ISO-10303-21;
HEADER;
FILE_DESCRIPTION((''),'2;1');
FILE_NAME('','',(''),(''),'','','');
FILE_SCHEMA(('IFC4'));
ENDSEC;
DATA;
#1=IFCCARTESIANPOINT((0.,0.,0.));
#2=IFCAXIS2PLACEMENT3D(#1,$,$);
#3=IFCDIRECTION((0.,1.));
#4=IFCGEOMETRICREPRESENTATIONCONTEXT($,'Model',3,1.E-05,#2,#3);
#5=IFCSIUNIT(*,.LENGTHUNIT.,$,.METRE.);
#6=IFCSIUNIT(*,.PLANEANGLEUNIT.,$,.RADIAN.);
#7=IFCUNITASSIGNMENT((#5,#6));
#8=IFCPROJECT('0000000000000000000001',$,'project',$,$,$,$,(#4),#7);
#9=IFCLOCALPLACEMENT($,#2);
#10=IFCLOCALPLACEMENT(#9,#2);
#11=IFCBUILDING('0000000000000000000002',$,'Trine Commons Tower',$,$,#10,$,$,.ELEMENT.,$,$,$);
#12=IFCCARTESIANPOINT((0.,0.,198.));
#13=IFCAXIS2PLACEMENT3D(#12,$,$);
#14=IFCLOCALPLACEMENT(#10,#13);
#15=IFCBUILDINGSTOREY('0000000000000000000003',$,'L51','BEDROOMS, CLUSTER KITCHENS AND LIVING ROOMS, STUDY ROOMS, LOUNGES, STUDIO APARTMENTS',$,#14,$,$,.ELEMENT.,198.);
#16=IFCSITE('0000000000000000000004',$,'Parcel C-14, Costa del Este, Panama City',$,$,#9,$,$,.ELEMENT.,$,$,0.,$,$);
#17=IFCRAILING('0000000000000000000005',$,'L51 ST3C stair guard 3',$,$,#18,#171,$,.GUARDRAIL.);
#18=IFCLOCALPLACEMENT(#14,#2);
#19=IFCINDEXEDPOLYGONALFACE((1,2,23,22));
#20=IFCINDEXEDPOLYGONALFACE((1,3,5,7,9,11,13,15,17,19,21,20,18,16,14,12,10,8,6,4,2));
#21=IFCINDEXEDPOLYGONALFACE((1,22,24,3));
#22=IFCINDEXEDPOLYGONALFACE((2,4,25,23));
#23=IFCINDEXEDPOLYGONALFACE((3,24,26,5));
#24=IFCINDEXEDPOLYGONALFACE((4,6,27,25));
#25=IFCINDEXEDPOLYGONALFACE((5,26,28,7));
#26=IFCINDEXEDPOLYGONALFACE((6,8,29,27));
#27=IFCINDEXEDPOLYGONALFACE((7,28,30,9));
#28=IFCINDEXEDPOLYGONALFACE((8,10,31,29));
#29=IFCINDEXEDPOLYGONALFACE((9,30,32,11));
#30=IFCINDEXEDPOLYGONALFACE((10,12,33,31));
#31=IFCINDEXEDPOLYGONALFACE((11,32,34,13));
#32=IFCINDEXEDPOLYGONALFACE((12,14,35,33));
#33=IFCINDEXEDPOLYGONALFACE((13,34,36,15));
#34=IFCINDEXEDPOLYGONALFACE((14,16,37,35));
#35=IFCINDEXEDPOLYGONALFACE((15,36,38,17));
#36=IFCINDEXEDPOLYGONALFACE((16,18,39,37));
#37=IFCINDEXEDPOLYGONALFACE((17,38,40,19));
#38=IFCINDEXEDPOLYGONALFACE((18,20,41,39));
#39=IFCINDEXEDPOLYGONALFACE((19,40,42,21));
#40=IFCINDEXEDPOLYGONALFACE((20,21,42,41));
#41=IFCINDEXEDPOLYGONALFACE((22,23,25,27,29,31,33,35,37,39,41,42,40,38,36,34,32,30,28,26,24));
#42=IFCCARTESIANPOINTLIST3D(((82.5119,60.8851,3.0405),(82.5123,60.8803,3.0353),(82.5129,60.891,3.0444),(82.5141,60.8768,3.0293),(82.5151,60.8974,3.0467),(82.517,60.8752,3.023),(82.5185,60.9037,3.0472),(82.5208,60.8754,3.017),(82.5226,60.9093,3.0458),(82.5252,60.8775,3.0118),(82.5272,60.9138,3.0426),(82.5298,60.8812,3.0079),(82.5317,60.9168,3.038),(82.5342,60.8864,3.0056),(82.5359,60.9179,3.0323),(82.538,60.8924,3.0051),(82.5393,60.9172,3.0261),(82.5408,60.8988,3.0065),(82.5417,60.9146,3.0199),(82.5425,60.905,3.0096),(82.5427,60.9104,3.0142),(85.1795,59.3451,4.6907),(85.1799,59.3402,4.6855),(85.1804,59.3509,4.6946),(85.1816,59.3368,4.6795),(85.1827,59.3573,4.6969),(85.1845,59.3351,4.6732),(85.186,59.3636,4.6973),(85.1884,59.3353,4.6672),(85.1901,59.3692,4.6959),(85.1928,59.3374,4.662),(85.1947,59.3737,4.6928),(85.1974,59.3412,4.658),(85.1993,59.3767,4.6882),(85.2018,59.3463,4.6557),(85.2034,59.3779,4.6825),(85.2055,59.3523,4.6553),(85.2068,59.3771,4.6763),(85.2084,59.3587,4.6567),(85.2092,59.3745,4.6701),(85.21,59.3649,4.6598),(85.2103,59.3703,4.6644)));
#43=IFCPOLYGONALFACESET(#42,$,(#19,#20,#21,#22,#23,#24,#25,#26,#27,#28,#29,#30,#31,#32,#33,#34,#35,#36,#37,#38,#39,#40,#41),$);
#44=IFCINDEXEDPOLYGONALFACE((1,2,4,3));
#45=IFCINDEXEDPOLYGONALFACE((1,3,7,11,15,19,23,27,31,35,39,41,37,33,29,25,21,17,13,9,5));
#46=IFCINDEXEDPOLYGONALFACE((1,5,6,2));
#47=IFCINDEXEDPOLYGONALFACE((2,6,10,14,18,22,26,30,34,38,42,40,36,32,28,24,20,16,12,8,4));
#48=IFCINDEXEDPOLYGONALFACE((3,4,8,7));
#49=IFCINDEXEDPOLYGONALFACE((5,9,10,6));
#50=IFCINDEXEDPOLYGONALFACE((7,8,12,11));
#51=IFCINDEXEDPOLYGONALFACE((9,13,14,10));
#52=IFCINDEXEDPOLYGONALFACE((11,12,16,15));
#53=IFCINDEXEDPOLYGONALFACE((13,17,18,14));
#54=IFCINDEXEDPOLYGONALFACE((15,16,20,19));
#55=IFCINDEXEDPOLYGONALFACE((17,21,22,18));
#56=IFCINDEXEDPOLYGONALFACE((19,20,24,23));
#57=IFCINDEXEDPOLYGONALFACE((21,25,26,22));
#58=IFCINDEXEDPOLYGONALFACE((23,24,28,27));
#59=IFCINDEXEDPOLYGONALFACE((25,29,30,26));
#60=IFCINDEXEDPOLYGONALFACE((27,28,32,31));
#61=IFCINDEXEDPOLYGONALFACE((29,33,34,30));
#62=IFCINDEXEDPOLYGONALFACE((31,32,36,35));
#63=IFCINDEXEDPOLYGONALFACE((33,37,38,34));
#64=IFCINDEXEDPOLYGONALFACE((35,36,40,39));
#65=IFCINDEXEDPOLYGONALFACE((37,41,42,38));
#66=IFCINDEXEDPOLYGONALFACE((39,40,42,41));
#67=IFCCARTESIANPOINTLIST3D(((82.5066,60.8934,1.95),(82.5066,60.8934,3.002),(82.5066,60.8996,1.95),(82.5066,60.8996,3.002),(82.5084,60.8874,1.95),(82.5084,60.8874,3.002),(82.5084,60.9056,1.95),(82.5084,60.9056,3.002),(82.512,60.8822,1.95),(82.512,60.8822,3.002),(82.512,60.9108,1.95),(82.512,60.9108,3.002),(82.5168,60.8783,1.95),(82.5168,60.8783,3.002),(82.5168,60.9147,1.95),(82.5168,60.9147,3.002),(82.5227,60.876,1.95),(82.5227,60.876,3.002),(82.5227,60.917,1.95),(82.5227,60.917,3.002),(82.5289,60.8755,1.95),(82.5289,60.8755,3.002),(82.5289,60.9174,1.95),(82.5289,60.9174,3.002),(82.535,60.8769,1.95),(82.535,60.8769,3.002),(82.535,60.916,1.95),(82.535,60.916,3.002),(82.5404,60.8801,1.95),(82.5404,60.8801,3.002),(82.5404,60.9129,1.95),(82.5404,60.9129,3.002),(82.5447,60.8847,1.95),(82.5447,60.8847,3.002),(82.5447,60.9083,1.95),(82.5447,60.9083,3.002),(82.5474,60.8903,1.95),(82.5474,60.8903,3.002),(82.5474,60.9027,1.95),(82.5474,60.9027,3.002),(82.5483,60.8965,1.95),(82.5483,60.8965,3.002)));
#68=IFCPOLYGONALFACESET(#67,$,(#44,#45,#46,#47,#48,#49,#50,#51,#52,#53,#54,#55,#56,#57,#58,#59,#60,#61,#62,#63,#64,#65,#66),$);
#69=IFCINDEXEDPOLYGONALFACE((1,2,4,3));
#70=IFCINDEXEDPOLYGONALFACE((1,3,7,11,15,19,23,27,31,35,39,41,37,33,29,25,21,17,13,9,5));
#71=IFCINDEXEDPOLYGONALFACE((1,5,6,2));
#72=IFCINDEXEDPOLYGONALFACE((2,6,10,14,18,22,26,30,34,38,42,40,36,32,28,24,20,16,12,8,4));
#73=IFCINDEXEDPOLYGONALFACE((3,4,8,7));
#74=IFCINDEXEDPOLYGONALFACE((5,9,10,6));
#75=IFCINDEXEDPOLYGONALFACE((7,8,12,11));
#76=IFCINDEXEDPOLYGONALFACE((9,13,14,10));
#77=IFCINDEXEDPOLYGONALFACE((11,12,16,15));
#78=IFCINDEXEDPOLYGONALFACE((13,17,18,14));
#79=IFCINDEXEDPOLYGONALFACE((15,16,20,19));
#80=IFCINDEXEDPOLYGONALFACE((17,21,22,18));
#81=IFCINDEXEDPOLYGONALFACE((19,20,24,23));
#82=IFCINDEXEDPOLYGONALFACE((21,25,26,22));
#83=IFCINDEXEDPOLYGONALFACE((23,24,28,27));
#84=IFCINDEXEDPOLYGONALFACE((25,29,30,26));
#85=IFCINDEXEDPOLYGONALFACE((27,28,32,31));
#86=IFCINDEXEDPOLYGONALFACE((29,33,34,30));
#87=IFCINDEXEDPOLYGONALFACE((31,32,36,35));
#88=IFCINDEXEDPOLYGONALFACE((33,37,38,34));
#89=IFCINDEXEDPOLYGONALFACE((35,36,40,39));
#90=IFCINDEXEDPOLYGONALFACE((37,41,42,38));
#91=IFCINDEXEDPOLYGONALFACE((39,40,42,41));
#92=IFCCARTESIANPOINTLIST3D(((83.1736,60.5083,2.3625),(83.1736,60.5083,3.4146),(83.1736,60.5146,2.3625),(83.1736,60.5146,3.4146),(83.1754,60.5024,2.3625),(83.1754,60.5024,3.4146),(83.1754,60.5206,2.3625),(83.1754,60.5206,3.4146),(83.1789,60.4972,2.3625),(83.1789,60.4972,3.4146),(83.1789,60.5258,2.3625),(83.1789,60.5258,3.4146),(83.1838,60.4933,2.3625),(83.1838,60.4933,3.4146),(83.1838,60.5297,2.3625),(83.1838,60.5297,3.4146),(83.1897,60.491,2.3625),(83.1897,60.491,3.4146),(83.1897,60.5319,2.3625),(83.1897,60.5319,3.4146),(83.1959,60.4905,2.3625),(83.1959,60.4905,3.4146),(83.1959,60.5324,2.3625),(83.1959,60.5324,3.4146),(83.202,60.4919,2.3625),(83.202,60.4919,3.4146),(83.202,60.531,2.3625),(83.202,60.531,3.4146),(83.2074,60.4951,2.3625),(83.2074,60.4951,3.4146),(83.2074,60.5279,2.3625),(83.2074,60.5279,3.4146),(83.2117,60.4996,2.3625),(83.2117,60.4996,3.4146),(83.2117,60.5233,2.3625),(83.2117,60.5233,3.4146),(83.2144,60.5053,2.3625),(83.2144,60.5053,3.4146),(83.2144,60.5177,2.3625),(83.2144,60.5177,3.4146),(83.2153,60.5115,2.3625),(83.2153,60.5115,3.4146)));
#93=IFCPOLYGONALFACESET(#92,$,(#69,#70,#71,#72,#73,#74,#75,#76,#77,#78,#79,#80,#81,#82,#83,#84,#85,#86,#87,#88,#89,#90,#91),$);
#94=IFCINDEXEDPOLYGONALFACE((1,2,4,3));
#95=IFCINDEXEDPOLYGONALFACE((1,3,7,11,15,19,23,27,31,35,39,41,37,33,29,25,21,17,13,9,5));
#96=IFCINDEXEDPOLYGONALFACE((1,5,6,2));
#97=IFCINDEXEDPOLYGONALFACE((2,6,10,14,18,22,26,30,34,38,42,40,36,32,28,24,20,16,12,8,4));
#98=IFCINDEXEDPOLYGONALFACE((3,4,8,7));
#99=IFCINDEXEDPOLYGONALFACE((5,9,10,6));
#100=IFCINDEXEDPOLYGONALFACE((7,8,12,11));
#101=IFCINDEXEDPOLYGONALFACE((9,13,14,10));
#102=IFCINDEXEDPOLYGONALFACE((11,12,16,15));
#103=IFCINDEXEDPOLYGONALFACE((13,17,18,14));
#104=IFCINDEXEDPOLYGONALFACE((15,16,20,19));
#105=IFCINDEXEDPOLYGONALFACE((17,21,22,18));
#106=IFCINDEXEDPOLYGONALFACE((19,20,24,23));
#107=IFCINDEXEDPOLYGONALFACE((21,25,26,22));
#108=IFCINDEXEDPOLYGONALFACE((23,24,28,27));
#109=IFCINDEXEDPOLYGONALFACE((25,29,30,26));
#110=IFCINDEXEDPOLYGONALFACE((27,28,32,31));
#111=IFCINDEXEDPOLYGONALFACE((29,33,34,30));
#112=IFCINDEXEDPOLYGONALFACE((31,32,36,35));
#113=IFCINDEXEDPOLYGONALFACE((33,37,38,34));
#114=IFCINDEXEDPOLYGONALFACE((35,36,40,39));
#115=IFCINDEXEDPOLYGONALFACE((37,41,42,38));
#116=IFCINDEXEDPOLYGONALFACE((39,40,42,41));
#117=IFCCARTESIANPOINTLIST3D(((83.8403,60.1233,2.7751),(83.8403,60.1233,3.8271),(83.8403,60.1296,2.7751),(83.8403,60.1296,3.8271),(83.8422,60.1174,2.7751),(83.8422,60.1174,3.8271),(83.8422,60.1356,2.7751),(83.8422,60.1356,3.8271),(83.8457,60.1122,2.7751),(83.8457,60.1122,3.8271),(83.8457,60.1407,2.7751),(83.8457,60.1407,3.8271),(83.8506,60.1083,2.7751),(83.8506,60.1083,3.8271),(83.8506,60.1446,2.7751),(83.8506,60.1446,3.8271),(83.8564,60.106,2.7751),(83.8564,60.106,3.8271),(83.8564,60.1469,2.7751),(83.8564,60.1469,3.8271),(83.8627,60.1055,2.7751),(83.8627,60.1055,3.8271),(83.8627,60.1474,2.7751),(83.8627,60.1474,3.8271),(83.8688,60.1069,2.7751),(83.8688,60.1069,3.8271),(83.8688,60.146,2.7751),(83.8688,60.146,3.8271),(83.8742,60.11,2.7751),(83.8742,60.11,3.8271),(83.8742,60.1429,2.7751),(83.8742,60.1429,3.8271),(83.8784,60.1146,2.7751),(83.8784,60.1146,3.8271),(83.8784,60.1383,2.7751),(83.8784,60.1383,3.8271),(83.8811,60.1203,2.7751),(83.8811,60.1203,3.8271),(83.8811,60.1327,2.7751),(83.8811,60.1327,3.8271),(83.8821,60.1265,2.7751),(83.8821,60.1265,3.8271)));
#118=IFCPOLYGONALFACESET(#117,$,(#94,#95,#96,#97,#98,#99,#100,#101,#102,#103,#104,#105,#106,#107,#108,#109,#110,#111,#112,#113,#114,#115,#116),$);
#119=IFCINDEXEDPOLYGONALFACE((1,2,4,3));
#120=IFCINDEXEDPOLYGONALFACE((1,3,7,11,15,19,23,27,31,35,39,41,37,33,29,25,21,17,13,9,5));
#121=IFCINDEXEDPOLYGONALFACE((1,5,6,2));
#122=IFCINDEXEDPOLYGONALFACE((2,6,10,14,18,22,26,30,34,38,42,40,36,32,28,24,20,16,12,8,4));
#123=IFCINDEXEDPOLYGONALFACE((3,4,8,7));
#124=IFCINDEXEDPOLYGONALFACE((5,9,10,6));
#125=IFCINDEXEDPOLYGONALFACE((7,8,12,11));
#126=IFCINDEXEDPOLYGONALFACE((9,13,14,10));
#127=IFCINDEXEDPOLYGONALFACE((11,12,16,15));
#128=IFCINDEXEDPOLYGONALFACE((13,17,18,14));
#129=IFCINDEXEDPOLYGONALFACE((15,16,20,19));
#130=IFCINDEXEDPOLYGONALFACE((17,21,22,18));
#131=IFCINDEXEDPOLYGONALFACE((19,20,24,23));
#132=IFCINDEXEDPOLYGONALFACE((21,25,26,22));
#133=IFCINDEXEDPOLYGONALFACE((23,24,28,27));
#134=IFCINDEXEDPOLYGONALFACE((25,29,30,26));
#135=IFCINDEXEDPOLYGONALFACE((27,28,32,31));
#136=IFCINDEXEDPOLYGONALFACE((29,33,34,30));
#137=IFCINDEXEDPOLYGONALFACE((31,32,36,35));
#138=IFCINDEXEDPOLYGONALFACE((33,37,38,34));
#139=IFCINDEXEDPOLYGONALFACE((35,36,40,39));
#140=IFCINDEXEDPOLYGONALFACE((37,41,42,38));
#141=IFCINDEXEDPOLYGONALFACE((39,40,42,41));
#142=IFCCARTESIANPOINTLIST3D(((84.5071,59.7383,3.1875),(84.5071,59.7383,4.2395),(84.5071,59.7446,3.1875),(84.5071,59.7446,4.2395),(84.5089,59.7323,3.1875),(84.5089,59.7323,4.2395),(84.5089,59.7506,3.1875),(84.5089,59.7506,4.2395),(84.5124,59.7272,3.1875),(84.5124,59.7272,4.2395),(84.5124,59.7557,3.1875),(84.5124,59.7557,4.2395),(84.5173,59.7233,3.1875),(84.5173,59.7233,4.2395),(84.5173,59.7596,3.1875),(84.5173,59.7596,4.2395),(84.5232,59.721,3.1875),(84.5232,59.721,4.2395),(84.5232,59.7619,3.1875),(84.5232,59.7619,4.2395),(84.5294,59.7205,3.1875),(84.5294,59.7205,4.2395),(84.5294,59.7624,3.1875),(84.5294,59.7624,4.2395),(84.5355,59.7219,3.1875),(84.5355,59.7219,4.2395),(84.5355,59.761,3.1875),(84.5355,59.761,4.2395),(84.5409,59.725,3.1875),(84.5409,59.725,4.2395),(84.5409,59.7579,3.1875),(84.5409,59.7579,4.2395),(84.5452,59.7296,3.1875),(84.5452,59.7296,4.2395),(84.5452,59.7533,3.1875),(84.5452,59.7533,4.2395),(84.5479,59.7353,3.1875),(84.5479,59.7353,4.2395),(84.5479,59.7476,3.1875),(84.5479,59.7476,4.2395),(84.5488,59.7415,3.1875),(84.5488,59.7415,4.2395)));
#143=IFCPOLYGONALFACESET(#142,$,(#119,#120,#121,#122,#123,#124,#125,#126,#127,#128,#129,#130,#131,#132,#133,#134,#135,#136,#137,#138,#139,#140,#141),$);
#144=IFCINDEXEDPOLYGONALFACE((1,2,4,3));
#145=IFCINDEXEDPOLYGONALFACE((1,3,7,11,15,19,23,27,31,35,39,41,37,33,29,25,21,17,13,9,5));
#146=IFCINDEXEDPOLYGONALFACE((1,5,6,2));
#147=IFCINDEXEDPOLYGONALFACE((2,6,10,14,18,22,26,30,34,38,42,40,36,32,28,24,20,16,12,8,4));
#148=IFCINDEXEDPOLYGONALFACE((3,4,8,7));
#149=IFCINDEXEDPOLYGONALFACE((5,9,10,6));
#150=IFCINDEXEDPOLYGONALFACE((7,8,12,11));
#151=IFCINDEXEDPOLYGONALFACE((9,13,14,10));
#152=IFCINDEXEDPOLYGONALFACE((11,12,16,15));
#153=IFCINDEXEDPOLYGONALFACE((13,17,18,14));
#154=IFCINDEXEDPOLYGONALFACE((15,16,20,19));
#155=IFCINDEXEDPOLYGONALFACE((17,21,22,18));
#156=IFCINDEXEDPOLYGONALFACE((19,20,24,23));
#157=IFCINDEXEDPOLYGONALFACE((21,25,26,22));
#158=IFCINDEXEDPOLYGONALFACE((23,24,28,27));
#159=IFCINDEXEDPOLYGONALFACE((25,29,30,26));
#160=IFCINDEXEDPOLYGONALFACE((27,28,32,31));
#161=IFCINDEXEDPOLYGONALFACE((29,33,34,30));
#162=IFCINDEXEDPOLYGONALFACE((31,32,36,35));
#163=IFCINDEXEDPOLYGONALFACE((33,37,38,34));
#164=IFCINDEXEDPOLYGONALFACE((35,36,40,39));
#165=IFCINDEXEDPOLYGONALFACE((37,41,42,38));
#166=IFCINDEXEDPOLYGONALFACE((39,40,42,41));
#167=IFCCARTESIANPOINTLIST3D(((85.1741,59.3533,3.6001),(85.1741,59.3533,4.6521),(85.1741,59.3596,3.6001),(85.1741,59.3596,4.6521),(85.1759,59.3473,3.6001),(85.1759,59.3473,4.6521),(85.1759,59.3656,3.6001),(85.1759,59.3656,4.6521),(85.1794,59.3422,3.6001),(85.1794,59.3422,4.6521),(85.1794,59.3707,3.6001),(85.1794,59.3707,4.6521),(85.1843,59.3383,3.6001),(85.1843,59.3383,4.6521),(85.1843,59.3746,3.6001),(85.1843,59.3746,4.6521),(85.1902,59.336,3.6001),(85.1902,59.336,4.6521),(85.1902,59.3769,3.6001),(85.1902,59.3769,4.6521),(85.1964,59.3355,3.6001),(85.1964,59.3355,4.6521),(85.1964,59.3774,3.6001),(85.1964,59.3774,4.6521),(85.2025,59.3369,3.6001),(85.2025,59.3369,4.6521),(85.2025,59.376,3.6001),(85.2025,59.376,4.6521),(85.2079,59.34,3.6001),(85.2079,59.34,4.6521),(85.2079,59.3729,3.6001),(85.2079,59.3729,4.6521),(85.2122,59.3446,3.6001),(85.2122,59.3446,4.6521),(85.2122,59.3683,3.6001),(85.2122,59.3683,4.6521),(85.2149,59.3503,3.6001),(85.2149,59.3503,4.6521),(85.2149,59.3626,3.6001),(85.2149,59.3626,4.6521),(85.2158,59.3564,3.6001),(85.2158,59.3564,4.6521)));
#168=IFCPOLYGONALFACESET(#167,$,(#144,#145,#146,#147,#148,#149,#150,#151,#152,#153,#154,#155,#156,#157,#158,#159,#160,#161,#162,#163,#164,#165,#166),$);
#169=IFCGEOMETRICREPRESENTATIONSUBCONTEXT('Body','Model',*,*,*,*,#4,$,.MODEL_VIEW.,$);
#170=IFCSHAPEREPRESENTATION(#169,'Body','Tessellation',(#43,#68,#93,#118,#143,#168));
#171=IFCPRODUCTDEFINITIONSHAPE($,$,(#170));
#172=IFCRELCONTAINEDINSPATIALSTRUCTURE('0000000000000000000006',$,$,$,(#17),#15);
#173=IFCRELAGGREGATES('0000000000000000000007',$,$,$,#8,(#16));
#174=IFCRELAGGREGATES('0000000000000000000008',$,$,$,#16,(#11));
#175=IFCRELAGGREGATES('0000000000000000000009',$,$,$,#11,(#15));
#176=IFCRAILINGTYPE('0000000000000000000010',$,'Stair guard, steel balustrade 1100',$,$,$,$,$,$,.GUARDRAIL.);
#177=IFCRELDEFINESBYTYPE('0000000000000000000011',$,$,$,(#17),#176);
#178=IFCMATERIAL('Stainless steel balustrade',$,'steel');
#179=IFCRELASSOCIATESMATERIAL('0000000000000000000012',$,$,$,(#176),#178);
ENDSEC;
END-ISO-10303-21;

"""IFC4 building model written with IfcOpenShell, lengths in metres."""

from ifc_helpers import new_model, si_unit, direction, frame, origin, origin_2d, place, context, subcontext, project, spatial, circle, extrude, material, type_object, element, save


model = new_model("IFC4")

# Units and contexts
model_context = context("Model", 3, precision=1e-05, world=origin(), true_north=direction((0.0, 1.0)))
body_context = subcontext(model_context, "Body", "Model", "MODEL_VIEW")
ifc_project = project(units=[si_unit("LENGTHUNIT", "METRE"), si_unit("PLANEANGLEUNIT", "RADIAN")], contexts=[model_context])

# Site, building, storey
site_placement = place(None, origin())
site = spatial("IfcSite", under=ifc_project, at=site_placement, Name="Parcel C-14, Costa del Este, Panama City", CompositionType="ELEMENT", RefElevation=0.0)
building_placement = place(site_placement, origin())
building = spatial("IfcBuilding", under=site, at=building_placement, Name="Trine Commons Tower", CompositionType="ELEMENT")
storey_placement = place(building_placement, frame((0.0, 0.0, 198.0)))
storey = spatial("IfcBuildingStorey", under=building, at=storey_placement, Name="L51", Description="BEDROOMS, CLUSTER KITCHENS AND LIVING ROOMS, STUDY ROOMS, LOUNGES, STUDIO APARTMENTS", CompositionType="ELEMENT", Elevation=198.0)

# Railing
ifc_material_1 = material(Name="Stainless steel balustrade", Category="steel")
railing_type_1 = type_object("IfcRailingType", Name="Stair guard, steel balustrade 1100", PredefinedType="GUARDRAIL", material=ifc_material_1)
railing_1_placement = place(storey_placement, frame((82.5273, 60.8965, 1.95)))
element("IfcRailing", 1, at=railing_1_placement, inside=storey, type_object=railing_type_1, Name="L51 ST3C stair guard 3", PredefinedType="GUARDRAIL", context=body_context, shape_type="SweptSolid", body=[
    extrude(circle(Radius=0.0239, at=origin_2d()), frame((0.0, 0.0, 1.0762), z_axis=(0.76338, -0.440728, 0.472239), x_axis=(0.499992, 0.86603, 0.0)), (0.0, 0.0, 1.0), 3.4944),
    extrude(circle(Radius=0.021, at=origin_2d()), origin(), (0.0, 0.0, 1.0), 1.052),
    extrude(circle(Radius=0.021, at=origin_2d()), frame((0.667, -0.385, 0.4126)), (0.0, 0.0, 1.0), 1.052),
    extrude(circle(Radius=0.021, at=origin_2d()), frame((1.3337, -0.77, 0.8252)), (0.0, 0.0, 1.0), 1.052),
    extrude(circle(Radius=0.021, at=origin_2d()), frame((2.0005, -1.155, 1.2375)), (0.0, 0.0, 1.0), 1.052),
    extrude(circle(Radius=0.021, at=origin_2d()), frame((2.6675, -1.54, 1.6501)), (0.0, 0.0, 1.0), 1.052),
])

save(model, "model.ifc")
